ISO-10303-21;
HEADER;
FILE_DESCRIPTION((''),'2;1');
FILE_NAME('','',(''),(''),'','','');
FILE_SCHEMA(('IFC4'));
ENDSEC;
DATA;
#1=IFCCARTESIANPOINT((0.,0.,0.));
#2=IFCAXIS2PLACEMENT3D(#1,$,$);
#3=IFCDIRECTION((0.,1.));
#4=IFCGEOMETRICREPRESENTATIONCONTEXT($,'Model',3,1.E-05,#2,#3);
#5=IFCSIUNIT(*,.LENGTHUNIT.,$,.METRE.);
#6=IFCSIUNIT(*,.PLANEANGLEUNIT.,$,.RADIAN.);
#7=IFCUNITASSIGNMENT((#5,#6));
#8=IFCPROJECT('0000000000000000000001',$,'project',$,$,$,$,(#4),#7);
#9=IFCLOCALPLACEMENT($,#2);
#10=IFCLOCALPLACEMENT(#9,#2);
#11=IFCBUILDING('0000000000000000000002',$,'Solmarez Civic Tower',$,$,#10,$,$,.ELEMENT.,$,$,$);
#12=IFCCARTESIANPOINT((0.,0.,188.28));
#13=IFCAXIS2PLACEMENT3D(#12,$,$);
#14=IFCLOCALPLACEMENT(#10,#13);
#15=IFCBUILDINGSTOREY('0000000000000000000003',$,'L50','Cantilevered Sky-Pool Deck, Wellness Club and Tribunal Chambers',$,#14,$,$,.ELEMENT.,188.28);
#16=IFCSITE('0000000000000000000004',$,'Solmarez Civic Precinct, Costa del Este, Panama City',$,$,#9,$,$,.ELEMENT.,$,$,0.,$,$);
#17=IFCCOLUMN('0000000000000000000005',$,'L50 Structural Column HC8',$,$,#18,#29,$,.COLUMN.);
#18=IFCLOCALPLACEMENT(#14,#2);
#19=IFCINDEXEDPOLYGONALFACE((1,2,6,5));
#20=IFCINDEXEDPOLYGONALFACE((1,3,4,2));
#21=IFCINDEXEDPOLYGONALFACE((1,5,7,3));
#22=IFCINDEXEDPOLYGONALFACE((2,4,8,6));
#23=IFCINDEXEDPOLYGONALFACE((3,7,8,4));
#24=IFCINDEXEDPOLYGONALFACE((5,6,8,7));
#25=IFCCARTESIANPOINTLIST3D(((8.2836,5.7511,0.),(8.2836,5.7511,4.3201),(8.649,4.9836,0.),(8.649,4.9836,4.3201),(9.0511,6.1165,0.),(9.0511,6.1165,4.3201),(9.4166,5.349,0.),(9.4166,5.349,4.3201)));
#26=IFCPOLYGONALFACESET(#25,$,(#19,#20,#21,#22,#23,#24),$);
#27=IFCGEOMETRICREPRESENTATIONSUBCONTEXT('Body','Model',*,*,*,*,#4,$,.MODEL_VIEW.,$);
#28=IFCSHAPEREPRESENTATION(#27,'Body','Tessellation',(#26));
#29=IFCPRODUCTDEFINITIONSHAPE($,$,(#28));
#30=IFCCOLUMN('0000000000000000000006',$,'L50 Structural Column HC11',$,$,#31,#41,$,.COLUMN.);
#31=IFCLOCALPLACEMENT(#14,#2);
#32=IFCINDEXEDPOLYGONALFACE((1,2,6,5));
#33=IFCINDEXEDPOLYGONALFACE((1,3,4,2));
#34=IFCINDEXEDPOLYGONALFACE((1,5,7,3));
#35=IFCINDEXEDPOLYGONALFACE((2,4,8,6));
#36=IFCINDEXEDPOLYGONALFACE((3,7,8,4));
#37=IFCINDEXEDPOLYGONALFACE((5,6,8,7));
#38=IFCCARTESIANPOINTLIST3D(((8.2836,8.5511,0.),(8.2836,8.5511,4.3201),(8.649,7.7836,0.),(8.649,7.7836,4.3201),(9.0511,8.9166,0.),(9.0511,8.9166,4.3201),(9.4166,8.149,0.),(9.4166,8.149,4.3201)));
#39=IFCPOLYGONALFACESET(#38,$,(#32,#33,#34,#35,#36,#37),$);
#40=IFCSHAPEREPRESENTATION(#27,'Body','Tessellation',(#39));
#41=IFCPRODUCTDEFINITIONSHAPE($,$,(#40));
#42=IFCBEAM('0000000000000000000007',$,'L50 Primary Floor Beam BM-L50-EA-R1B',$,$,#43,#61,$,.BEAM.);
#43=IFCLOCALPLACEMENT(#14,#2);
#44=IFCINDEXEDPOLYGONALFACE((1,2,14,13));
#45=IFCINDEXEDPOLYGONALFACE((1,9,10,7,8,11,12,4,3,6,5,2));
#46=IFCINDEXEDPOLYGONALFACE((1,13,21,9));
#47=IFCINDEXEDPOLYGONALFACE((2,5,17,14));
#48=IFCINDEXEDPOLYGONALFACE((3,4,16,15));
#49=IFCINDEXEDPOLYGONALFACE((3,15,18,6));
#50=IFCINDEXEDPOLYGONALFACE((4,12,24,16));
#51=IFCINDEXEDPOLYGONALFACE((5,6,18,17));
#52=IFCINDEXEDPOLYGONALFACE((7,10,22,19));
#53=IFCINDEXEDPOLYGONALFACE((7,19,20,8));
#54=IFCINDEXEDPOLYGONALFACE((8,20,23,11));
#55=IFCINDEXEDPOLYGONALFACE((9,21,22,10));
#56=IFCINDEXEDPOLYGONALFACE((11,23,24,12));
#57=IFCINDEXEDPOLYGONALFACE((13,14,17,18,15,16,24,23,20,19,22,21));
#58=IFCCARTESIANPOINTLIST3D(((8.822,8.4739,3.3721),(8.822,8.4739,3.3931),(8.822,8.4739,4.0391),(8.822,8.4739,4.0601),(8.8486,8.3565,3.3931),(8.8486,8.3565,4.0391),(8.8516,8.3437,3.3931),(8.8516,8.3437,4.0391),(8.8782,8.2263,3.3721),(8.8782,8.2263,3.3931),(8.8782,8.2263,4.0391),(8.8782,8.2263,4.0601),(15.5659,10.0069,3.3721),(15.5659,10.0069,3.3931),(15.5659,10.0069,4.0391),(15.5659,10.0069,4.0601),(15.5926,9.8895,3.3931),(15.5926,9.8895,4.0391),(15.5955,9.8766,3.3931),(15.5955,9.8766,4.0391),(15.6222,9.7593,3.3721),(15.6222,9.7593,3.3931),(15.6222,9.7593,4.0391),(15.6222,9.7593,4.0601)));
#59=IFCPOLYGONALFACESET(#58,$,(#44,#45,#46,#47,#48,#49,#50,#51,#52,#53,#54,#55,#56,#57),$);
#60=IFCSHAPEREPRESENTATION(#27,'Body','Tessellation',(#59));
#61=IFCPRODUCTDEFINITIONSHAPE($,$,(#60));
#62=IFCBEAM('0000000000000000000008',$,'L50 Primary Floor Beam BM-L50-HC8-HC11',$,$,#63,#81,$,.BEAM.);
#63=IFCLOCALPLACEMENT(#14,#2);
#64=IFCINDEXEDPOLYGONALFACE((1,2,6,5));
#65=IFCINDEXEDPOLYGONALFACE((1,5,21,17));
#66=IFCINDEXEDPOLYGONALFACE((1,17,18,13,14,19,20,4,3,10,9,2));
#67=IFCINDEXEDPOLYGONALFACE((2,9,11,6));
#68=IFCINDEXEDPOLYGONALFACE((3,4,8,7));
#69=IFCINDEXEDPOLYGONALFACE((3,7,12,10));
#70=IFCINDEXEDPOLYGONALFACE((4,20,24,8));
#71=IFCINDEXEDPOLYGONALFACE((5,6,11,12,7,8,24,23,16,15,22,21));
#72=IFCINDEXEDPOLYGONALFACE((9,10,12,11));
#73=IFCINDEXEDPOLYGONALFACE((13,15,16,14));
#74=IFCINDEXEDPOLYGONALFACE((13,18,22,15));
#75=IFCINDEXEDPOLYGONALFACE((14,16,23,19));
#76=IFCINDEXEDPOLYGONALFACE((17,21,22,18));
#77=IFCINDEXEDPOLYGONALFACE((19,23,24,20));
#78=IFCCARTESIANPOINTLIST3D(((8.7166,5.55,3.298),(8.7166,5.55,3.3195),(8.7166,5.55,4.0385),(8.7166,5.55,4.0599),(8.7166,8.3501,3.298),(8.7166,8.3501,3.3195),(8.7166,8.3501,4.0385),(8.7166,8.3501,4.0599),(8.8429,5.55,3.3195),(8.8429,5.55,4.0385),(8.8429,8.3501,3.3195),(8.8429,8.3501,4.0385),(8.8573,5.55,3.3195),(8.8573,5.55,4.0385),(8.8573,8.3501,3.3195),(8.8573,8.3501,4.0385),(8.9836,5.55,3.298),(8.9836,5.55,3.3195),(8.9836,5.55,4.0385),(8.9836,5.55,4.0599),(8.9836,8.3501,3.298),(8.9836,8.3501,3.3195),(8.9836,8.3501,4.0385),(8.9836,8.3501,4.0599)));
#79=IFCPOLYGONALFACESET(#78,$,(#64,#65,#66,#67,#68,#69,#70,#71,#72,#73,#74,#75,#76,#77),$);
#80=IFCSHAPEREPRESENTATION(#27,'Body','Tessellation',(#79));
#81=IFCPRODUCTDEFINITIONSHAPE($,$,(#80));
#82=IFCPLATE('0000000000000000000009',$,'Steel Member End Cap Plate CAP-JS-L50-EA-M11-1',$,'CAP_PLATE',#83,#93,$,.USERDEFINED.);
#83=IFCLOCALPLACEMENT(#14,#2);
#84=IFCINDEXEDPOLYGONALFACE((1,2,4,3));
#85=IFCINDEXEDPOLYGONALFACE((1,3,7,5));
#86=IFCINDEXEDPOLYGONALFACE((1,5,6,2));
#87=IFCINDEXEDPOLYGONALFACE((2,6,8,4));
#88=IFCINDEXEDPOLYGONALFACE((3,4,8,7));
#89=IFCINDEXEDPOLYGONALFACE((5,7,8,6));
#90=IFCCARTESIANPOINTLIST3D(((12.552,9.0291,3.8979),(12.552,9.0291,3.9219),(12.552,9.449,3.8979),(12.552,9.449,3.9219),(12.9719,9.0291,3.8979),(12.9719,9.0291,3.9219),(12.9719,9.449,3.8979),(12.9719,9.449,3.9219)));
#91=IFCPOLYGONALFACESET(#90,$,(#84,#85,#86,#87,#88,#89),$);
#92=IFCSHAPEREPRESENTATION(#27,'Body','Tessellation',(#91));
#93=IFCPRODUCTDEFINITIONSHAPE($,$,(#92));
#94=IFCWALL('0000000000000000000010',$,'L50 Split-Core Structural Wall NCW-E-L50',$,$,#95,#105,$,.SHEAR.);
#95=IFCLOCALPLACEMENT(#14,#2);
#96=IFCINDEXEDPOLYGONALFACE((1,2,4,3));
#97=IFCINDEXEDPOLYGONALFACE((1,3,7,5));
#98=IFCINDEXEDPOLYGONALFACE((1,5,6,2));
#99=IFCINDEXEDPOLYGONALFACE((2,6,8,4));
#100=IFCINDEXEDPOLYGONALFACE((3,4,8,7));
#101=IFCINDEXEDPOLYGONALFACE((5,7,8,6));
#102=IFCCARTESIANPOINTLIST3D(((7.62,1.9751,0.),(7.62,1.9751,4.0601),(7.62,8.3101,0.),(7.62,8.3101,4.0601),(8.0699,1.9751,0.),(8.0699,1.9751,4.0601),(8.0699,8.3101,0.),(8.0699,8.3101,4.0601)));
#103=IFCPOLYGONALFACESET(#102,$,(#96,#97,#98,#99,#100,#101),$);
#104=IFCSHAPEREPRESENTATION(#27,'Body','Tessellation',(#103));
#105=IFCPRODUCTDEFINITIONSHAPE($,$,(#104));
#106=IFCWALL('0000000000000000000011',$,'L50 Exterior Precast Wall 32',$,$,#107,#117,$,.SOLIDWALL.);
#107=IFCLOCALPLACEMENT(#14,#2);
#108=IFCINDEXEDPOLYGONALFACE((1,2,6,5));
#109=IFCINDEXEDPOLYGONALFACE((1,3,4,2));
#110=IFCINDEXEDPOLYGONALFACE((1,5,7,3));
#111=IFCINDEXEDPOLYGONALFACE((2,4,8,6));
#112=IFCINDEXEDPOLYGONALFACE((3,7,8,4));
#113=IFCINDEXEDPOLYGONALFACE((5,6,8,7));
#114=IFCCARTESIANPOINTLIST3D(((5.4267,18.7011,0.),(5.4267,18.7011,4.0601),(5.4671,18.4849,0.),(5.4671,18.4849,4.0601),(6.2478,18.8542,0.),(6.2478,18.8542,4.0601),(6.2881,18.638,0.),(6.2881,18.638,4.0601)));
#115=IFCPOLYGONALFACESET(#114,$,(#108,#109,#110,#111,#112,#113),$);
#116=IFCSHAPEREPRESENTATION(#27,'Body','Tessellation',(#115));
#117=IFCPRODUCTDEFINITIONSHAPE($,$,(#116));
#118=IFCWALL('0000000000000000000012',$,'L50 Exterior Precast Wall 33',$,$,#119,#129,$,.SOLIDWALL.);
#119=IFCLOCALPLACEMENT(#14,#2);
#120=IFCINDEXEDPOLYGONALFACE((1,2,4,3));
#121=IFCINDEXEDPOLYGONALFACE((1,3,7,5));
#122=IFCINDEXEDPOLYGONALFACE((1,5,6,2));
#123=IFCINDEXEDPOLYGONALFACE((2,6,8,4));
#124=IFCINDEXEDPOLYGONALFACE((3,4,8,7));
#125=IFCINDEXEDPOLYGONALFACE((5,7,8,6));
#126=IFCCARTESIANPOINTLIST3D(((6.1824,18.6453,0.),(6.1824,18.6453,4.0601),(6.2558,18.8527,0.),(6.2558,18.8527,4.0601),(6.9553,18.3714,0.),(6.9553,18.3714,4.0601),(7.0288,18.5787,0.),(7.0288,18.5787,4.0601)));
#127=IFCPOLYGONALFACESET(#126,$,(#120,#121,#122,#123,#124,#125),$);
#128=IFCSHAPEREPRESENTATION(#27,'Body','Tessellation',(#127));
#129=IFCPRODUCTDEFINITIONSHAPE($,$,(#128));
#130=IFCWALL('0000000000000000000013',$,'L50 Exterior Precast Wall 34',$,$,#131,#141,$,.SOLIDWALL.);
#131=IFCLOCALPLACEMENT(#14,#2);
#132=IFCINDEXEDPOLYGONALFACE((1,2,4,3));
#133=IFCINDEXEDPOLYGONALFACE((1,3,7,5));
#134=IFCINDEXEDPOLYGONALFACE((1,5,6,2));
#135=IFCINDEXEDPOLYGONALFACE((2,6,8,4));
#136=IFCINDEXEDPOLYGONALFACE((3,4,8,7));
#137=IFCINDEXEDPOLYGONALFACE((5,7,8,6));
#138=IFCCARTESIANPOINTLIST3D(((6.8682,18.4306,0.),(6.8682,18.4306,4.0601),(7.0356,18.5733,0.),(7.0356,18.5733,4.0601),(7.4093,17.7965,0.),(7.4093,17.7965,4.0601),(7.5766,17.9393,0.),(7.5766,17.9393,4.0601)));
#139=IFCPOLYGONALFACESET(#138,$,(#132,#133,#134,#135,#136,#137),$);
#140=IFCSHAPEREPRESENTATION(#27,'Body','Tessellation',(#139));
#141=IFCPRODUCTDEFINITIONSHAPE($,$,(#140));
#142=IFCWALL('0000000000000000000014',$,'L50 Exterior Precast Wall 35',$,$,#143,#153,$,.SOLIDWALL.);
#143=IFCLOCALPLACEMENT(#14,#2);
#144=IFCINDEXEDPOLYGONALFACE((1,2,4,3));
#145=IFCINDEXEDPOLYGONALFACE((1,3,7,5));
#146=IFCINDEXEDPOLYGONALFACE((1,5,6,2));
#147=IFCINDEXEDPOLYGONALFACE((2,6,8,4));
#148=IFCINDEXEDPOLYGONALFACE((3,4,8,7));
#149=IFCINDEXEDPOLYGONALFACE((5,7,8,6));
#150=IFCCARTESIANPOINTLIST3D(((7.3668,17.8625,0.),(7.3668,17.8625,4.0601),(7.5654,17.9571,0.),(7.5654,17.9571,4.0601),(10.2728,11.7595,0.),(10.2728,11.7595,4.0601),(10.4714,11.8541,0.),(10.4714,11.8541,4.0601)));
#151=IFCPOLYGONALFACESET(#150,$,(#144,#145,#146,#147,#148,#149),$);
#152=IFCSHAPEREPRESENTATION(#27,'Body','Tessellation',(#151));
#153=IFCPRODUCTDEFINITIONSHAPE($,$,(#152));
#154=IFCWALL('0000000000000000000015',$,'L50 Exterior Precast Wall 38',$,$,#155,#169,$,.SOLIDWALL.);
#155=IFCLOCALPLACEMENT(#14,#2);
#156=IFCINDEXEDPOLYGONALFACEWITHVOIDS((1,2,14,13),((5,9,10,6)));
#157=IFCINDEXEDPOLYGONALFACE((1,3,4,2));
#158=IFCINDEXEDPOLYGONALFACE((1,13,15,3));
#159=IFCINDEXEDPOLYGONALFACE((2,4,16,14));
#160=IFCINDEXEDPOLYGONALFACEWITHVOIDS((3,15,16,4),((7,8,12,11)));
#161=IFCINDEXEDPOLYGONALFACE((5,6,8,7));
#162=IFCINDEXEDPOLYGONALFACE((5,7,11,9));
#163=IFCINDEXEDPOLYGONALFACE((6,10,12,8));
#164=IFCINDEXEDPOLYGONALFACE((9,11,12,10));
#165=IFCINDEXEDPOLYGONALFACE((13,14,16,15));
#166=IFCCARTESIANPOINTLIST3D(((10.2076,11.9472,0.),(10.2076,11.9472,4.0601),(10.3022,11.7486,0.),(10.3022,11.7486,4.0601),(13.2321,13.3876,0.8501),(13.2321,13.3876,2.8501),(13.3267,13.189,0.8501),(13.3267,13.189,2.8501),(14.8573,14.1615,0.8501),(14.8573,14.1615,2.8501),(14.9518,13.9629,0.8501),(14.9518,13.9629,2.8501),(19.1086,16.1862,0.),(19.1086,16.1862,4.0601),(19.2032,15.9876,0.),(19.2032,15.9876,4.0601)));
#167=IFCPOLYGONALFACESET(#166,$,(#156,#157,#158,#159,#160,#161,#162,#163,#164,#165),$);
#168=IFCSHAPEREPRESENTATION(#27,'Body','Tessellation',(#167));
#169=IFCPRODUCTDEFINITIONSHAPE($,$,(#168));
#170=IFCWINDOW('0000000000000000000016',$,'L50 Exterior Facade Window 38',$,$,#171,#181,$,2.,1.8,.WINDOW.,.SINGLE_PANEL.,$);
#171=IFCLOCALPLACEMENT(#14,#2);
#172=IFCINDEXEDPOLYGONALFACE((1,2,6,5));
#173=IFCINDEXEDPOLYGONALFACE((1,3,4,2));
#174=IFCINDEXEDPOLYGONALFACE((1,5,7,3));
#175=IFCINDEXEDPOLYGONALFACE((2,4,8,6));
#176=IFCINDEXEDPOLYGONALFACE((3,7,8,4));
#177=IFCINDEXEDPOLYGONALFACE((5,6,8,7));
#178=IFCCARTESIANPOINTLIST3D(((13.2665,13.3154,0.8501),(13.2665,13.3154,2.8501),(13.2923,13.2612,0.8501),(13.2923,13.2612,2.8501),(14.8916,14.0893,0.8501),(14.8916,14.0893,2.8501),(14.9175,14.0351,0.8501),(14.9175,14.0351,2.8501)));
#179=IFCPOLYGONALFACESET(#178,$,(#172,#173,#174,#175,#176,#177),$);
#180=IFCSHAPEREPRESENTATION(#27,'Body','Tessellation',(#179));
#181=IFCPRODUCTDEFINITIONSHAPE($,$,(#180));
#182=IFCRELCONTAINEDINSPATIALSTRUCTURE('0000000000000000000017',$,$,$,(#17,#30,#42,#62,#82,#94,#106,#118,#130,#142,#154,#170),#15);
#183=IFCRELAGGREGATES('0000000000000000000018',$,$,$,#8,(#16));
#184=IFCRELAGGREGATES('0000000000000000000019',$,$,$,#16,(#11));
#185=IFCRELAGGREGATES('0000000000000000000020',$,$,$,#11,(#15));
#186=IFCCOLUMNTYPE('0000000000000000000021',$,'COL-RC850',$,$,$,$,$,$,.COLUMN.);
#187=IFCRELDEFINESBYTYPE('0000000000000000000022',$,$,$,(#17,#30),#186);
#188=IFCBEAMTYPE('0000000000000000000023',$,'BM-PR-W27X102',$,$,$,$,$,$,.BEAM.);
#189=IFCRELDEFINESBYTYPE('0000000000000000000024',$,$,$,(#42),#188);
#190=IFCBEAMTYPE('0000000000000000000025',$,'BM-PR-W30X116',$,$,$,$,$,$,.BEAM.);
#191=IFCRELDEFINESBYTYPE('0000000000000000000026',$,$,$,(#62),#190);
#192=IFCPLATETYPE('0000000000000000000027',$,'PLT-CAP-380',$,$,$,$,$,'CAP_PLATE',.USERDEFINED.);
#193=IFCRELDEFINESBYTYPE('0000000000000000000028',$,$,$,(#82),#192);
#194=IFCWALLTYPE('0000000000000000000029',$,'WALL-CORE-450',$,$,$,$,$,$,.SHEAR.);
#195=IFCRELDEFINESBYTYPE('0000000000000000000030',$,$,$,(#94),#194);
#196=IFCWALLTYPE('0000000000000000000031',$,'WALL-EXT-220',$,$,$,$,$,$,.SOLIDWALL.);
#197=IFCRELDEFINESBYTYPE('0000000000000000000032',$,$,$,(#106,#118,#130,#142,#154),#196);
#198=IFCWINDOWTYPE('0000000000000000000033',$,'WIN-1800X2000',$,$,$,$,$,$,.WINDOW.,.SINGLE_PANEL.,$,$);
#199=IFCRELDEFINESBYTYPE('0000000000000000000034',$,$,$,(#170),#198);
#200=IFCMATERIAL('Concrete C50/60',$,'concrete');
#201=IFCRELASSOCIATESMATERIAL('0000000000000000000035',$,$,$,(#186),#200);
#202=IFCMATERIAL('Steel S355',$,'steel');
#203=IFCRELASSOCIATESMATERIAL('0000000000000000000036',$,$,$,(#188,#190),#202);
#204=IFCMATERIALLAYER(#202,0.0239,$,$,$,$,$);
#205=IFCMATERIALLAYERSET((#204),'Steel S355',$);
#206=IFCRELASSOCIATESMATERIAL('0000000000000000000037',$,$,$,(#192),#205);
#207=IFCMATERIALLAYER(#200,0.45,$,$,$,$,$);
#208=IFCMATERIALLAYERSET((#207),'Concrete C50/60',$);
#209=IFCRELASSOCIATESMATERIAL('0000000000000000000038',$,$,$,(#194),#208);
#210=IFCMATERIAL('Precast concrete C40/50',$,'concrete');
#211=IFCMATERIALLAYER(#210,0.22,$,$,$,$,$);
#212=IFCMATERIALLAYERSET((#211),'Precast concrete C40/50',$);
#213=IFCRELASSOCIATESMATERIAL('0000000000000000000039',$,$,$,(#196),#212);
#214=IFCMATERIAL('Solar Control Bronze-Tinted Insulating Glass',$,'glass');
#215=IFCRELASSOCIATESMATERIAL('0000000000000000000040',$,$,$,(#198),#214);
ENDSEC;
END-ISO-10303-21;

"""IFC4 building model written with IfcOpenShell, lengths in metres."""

from ifc_helpers import new_model, si_unit, direction, frame, frame_2d, origin, origin_2d, place, context, subcontext, project, spatial, rectangle, i_section, extrude, material, layer, layer_set, material_profile, profile_set, type_object, element, fill, save


model = new_model("IFC4")

# Units and contexts
model_context = context("Model", 3, precision=1e-05, world=origin(), true_north=direction((0.0, 1.0)))
body_context = subcontext(model_context, "Body", "Model", "MODEL_VIEW")
ifc_project = project(units=[si_unit("LENGTHUNIT", "METRE"), si_unit("PLANEANGLEUNIT", "RADIAN")], contexts=[model_context])

# Site, building, storey
site_placement = place(None, origin())
site = spatial("IfcSite", under=ifc_project, at=site_placement, Name="Solmarez Civic Precinct, Costa del Este, Panama City", CompositionType="ELEMENT", RefElevation=0.0)
building_placement = place(site_placement, origin())
building = spatial("IfcBuilding", under=site, at=building_placement, Name="Solmarez Civic Tower", CompositionType="ELEMENT")
storey_placement = place(building_placement, frame((0.0, 0.0, 188.28)))
storey = spatial("IfcBuildingStorey", under=building, at=storey_placement, Name="L50", Description="Cantilevered Sky-Pool Deck, Wellness Club and Tribunal Chambers", CompositionType="ELEMENT", Elevation=188.28)

# Columns
ifc_material_1 = material(Name="Concrete C50/60", Category="concrete")
ifc_material_profile_1 = material_profile(ifc_material_1, rectangle(XDim=0.8501, YDim=0.8501, at=origin_2d()), Name="RC850X850")
ifc_profile_set_1 = profile_set([ifc_material_profile_1], Name="Concrete C50/60")
column_type = type_object("IfcColumnType", Name="COL-RC850", PredefinedType="COLUMN", material=ifc_profile_set_1)
for number, where, z_axis, x_axis, name in (
    (1, (8.8501, 5.55, 0.0), (0.0, 0.0, 1.0), (0.902886, 0.429881, 0.0), "L50 Structural Column HC8"),
    (2, (8.8501, 8.3501, 0.0), (0.0, 0.0, 1.0), (0.902886, 0.429881, 0.0), "L50 Structural Column HC11"),
):
    element("IfcColumn", number, at=place(storey_placement, frame(where, z_axis=z_axis, x_axis=x_axis)), inside=storey, type_object=column_type, Name=name, PredefinedType="COLUMN", context=body_context, shape_type="SweptSolid", body=[
        extrude(rectangle(XDim=0.8501, YDim=0.8501, at=origin_2d()), origin(), (0.0, 0.0, 1.0), 4.3201),
    ])

# Beams
ifc_material_2 = material(Name="Steel S355", Category="steel")
ifc_material_profile_2 = material_profile(ifc_material_2, i_section(OverallWidth=0.2539, OverallDepth=0.688, WebThickness=0.0132, FlangeThickness=0.021, at=origin_2d()), Name="W27X102")
ifc_profile_set_2 = profile_set([ifc_material_profile_2], Name="Steel S355")
beam_type_1 = type_object("IfcBeamType", Name="BM-PR-W27X102", PredefinedType="BEAM", material=ifc_profile_set_2)
beam_1_placement = place(storey_placement, frame((8.8501, 8.3501, 3.7161), z_axis=(0.975125, 0.221656, 0.0), x_axis=(-0.221656, 0.975125, 0.0)))
element("IfcBeam", 3, at=beam_1_placement, inside=storey, type_object=beam_type_1, Name="L50 Primary Floor Beam BM-L50-EA-R1B", PredefinedType="BEAM", context=body_context, shape_type="SweptSolid", body=[
    extrude(i_section(OverallWidth=0.2539, OverallDepth=0.688, WebThickness=0.0132, FlangeThickness=0.021, at=origin_2d()), origin(), (0.0, 0.0, 1.0), 6.916),
])
ifc_material_profile_3 = material_profile(ifc_material_2, i_section(OverallWidth=0.2671, OverallDepth=0.762, WebThickness=0.0144, FlangeThickness=0.0215, at=origin_2d()), Name="W30X116")
ifc_profile_set_3 = profile_set([ifc_material_profile_3], Name="Steel S355")
beam_type_2 = type_object("IfcBeamType", Name="BM-PR-W30X116", PredefinedType="BEAM", material=ifc_profile_set_3)
beam_2_placement = place(storey_placement, frame((8.8501, 5.55, 3.679), z_axis=(0.0, 1.0, 0.0), x_axis=(-1.0, 0.0, 0.0)))
element("IfcBeam", 4, at=beam_2_placement, inside=storey, type_object=beam_type_2, Name="L50 Primary Floor Beam BM-L50-HC8-HC11", PredefinedType="BEAM", context=body_context, shape_type="SweptSolid", body=[
    extrude(i_section(OverallWidth=0.2671, OverallDepth=0.762, WebThickness=0.0144, FlangeThickness=0.0215, at=origin_2d()), origin(), (0.0, 0.0, 1.0), 2.8),
])

# Plate
ifc_layer_1 = layer(ifc_material_2, 0.0239)
ifc_layer_set_1 = layer_set([ifc_layer_1], Name="Steel S355")
plate_type = type_object("IfcPlateType", Name="PLT-CAP-380", ElementType="CAP_PLATE", PredefinedType="USERDEFINED", material=ifc_layer_set_1)
plate_placement = place(storey_placement, frame((12.762, 9.239, 3.8979), z_axis=(0.0, 0.0, 1.0), x_axis=(1.0, 0.0, 0.0)))
element("IfcPlate", 5, at=plate_placement, inside=storey, type_object=plate_type, Name="Steel Member End Cap Plate CAP-JS-L50-EA-M11-1", ObjectType="CAP_PLATE", PredefinedType="USERDEFINED", context=body_context, shape_type="SweptSolid", body=[
    extrude(rectangle(XDim=0.4199, YDim=0.4199, at=origin_2d()), origin(), (0.0, 0.0, 1.0), 0.0239),
])

# Walls
ifc_layer_2 = layer(ifc_material_1, 0.45)
ifc_layer_set_2 = layer_set([ifc_layer_2], Name="Concrete C50/60")
wall_type_1 = type_object("IfcWallType", Name="WALL-CORE-450", PredefinedType="SHEAR", material=ifc_layer_set_2)
wall_1_placement = place(storey_placement, frame((7.845, 8.3101, 0.0), z_axis=(0.0, 0.0, 1.0), x_axis=(0.0, -1.0, 0.0)))
element("IfcWall", 6, at=wall_1_placement, inside=storey, type_object=wall_type_1, Name="L50 Split-Core Structural Wall NCW-E-L50", PredefinedType="SHEAR", context=body_context, shape_type="SweptSolid", body=[
    extrude(rectangle(XDim=6.335, YDim=0.45, at=frame_2d((3.1675, 0.0))), origin(), (0.0, 0.0, 1.0), 4.0601),
])
ifc_material_3 = material(Name="Precast concrete C40/50", Category="concrete")
ifc_layer_3 = layer(ifc_material_3, 0.22)
ifc_layer_set_3 = layer_set([ifc_layer_3], Name="Precast concrete C40/50")
wall_type_2 = type_object("IfcWallType", Name="WALL-EXT-220", PredefinedType="SOLIDWALL", material=ifc_layer_set_3)
wall_2_placement = place(storey_placement, frame((5.447, 18.593, 0.0), z_axis=(0.0, 0.0, 1.0), x_axis=(0.98306, 0.183282, 0.0)))
element("IfcWall", 7, at=wall_2_placement, inside=storey, type_object=wall_type_2, Name="L50 Exterior Precast Wall 32", PredefinedType="SOLIDWALL", context=body_context, shape_type="SweptSolid", body=[
    extrude(rectangle(XDim=0.8352, YDim=0.22, at=frame_2d((0.4175, 0.0))), origin(), (0.0, 0.0, 1.0), 4.0601),
])
wall_3_placement = place(storey_placement, frame((6.219, 18.749, 0.0), z_axis=(0.0, 0.0, 1.0), x_axis=(0.942561, -0.334035, 0.0)))
element("IfcWall", 8, at=wall_3_placement, inside=storey, type_object=wall_type_2, Name="L50 Exterior Precast Wall 33", PredefinedType="SOLIDWALL", context=body_context, shape_type="SweptSolid", body=[
    extrude(rectangle(XDim=0.8201, YDim=0.22, at=frame_2d((0.4102, 0.0))), origin(), (0.0, 0.0, 1.0), 4.0601),
])
wall_4_placement = place(storey_placement, frame((6.9519, 18.502, 0.0), z_axis=(0.0, 0.0, 1.0), x_axis=(0.649101, -0.760702, 0.0)))
element("IfcWall", 9, at=wall_4_placement, inside=storey, type_object=wall_type_2, Name="L50 Exterior Precast Wall 34", PredefinedType="SOLIDWALL", context=body_context, shape_type="SweptSolid", body=[
    extrude(rectangle(XDim=0.8335, YDim=0.22, at=frame_2d((0.4167, 0.0))), origin(), (0.0, 0.0, 1.0), 4.0601),
])
wall_5_placement = place(storey_placement, frame((7.4661, 17.9099, 0.0), z_axis=(0.0, 0.0, 1.0), x_axis=(0.42991, -0.902872, 0.0)))
element("IfcWall", 10, at=wall_5_placement, inside=storey, type_object=wall_type_2, Name="L50 Exterior Precast Wall 35", PredefinedType="SOLIDWALL", context=body_context, shape_type="SweptSolid", body=[
    extrude(rectangle(XDim=6.7595, YDim=0.22, at=frame_2d((3.3799, 0.0))), origin(), (0.0, 0.0, 1.0), 4.0601),
])

# Wall, opening, window
wall_6_placement = place(storey_placement, frame((10.2549, 11.8479, 0.0), z_axis=(0.0, 0.0, 1.0), x_axis=(0.902845, 0.429965, 0.0)))
wall_6 = element("IfcWall", 11, at=wall_6_placement, inside=storey, type_object=wall_type_2, Name="L50 Exterior Precast Wall 38", PredefinedType="SOLIDWALL", context=body_context, shape_type="SweptSolid", body=[
    extrude(rectangle(XDim=9.8589, YDim=0.22, at=frame_2d((4.9294, 0.0))), origin(), (0.0, 0.0, 1.0), 4.0601),
])
opening_1_placement = place(wall_6_placement, frame((3.3501, 0.0, 0.8501)))
opening_1 = element("IfcOpeningElement", 12, at=opening_1_placement, cuts=wall_6, PredefinedType="OPENING", context=body_context, shape_type="SweptSolid", body=[
    extrude(rectangle(XDim=1.8, YDim=2.0, at=frame_2d((0.8999, 1.0))), frame((0.0, 0.1199, 0.0), z_axis=(0.0, -1.0, 0.0), x_axis=(1.0, 0.0, 0.0)), (0.0, 0.0, 1.0), 0.24),
])
ifc_material_4 = material(Name="Solar Control Bronze-Tinted Insulating Glass", Category="glass")
window_type = type_object("IfcWindowType", Name="WIN-1800X2000", PartitioningType="SINGLE_PANEL", PredefinedType="WINDOW", material=ifc_material_4)
window_placement = place(opening_1_placement, origin())
window = element("IfcWindow", 13, at=window_placement, inside=storey, type_object=window_type, Name="L50 Exterior Facade Window 38", OverallHeight=2.0, OverallWidth=1.8, PartitioningType="SINGLE_PANEL", PredefinedType="WINDOW", context=body_context, shape_type="SweptSolid", body=[
    extrude(rectangle(XDim=1.8, YDim=2.0, at=frame_2d((0.8999, 1.0))), frame((0.0, 0.03, 0.0), z_axis=(0.0, -1.0, 0.0), x_axis=(1.0, 0.0, 0.0)), (0.0, 0.0, 1.0), 0.0601),
])
fill(opening_1, window)

save(model, "model.ifc")
